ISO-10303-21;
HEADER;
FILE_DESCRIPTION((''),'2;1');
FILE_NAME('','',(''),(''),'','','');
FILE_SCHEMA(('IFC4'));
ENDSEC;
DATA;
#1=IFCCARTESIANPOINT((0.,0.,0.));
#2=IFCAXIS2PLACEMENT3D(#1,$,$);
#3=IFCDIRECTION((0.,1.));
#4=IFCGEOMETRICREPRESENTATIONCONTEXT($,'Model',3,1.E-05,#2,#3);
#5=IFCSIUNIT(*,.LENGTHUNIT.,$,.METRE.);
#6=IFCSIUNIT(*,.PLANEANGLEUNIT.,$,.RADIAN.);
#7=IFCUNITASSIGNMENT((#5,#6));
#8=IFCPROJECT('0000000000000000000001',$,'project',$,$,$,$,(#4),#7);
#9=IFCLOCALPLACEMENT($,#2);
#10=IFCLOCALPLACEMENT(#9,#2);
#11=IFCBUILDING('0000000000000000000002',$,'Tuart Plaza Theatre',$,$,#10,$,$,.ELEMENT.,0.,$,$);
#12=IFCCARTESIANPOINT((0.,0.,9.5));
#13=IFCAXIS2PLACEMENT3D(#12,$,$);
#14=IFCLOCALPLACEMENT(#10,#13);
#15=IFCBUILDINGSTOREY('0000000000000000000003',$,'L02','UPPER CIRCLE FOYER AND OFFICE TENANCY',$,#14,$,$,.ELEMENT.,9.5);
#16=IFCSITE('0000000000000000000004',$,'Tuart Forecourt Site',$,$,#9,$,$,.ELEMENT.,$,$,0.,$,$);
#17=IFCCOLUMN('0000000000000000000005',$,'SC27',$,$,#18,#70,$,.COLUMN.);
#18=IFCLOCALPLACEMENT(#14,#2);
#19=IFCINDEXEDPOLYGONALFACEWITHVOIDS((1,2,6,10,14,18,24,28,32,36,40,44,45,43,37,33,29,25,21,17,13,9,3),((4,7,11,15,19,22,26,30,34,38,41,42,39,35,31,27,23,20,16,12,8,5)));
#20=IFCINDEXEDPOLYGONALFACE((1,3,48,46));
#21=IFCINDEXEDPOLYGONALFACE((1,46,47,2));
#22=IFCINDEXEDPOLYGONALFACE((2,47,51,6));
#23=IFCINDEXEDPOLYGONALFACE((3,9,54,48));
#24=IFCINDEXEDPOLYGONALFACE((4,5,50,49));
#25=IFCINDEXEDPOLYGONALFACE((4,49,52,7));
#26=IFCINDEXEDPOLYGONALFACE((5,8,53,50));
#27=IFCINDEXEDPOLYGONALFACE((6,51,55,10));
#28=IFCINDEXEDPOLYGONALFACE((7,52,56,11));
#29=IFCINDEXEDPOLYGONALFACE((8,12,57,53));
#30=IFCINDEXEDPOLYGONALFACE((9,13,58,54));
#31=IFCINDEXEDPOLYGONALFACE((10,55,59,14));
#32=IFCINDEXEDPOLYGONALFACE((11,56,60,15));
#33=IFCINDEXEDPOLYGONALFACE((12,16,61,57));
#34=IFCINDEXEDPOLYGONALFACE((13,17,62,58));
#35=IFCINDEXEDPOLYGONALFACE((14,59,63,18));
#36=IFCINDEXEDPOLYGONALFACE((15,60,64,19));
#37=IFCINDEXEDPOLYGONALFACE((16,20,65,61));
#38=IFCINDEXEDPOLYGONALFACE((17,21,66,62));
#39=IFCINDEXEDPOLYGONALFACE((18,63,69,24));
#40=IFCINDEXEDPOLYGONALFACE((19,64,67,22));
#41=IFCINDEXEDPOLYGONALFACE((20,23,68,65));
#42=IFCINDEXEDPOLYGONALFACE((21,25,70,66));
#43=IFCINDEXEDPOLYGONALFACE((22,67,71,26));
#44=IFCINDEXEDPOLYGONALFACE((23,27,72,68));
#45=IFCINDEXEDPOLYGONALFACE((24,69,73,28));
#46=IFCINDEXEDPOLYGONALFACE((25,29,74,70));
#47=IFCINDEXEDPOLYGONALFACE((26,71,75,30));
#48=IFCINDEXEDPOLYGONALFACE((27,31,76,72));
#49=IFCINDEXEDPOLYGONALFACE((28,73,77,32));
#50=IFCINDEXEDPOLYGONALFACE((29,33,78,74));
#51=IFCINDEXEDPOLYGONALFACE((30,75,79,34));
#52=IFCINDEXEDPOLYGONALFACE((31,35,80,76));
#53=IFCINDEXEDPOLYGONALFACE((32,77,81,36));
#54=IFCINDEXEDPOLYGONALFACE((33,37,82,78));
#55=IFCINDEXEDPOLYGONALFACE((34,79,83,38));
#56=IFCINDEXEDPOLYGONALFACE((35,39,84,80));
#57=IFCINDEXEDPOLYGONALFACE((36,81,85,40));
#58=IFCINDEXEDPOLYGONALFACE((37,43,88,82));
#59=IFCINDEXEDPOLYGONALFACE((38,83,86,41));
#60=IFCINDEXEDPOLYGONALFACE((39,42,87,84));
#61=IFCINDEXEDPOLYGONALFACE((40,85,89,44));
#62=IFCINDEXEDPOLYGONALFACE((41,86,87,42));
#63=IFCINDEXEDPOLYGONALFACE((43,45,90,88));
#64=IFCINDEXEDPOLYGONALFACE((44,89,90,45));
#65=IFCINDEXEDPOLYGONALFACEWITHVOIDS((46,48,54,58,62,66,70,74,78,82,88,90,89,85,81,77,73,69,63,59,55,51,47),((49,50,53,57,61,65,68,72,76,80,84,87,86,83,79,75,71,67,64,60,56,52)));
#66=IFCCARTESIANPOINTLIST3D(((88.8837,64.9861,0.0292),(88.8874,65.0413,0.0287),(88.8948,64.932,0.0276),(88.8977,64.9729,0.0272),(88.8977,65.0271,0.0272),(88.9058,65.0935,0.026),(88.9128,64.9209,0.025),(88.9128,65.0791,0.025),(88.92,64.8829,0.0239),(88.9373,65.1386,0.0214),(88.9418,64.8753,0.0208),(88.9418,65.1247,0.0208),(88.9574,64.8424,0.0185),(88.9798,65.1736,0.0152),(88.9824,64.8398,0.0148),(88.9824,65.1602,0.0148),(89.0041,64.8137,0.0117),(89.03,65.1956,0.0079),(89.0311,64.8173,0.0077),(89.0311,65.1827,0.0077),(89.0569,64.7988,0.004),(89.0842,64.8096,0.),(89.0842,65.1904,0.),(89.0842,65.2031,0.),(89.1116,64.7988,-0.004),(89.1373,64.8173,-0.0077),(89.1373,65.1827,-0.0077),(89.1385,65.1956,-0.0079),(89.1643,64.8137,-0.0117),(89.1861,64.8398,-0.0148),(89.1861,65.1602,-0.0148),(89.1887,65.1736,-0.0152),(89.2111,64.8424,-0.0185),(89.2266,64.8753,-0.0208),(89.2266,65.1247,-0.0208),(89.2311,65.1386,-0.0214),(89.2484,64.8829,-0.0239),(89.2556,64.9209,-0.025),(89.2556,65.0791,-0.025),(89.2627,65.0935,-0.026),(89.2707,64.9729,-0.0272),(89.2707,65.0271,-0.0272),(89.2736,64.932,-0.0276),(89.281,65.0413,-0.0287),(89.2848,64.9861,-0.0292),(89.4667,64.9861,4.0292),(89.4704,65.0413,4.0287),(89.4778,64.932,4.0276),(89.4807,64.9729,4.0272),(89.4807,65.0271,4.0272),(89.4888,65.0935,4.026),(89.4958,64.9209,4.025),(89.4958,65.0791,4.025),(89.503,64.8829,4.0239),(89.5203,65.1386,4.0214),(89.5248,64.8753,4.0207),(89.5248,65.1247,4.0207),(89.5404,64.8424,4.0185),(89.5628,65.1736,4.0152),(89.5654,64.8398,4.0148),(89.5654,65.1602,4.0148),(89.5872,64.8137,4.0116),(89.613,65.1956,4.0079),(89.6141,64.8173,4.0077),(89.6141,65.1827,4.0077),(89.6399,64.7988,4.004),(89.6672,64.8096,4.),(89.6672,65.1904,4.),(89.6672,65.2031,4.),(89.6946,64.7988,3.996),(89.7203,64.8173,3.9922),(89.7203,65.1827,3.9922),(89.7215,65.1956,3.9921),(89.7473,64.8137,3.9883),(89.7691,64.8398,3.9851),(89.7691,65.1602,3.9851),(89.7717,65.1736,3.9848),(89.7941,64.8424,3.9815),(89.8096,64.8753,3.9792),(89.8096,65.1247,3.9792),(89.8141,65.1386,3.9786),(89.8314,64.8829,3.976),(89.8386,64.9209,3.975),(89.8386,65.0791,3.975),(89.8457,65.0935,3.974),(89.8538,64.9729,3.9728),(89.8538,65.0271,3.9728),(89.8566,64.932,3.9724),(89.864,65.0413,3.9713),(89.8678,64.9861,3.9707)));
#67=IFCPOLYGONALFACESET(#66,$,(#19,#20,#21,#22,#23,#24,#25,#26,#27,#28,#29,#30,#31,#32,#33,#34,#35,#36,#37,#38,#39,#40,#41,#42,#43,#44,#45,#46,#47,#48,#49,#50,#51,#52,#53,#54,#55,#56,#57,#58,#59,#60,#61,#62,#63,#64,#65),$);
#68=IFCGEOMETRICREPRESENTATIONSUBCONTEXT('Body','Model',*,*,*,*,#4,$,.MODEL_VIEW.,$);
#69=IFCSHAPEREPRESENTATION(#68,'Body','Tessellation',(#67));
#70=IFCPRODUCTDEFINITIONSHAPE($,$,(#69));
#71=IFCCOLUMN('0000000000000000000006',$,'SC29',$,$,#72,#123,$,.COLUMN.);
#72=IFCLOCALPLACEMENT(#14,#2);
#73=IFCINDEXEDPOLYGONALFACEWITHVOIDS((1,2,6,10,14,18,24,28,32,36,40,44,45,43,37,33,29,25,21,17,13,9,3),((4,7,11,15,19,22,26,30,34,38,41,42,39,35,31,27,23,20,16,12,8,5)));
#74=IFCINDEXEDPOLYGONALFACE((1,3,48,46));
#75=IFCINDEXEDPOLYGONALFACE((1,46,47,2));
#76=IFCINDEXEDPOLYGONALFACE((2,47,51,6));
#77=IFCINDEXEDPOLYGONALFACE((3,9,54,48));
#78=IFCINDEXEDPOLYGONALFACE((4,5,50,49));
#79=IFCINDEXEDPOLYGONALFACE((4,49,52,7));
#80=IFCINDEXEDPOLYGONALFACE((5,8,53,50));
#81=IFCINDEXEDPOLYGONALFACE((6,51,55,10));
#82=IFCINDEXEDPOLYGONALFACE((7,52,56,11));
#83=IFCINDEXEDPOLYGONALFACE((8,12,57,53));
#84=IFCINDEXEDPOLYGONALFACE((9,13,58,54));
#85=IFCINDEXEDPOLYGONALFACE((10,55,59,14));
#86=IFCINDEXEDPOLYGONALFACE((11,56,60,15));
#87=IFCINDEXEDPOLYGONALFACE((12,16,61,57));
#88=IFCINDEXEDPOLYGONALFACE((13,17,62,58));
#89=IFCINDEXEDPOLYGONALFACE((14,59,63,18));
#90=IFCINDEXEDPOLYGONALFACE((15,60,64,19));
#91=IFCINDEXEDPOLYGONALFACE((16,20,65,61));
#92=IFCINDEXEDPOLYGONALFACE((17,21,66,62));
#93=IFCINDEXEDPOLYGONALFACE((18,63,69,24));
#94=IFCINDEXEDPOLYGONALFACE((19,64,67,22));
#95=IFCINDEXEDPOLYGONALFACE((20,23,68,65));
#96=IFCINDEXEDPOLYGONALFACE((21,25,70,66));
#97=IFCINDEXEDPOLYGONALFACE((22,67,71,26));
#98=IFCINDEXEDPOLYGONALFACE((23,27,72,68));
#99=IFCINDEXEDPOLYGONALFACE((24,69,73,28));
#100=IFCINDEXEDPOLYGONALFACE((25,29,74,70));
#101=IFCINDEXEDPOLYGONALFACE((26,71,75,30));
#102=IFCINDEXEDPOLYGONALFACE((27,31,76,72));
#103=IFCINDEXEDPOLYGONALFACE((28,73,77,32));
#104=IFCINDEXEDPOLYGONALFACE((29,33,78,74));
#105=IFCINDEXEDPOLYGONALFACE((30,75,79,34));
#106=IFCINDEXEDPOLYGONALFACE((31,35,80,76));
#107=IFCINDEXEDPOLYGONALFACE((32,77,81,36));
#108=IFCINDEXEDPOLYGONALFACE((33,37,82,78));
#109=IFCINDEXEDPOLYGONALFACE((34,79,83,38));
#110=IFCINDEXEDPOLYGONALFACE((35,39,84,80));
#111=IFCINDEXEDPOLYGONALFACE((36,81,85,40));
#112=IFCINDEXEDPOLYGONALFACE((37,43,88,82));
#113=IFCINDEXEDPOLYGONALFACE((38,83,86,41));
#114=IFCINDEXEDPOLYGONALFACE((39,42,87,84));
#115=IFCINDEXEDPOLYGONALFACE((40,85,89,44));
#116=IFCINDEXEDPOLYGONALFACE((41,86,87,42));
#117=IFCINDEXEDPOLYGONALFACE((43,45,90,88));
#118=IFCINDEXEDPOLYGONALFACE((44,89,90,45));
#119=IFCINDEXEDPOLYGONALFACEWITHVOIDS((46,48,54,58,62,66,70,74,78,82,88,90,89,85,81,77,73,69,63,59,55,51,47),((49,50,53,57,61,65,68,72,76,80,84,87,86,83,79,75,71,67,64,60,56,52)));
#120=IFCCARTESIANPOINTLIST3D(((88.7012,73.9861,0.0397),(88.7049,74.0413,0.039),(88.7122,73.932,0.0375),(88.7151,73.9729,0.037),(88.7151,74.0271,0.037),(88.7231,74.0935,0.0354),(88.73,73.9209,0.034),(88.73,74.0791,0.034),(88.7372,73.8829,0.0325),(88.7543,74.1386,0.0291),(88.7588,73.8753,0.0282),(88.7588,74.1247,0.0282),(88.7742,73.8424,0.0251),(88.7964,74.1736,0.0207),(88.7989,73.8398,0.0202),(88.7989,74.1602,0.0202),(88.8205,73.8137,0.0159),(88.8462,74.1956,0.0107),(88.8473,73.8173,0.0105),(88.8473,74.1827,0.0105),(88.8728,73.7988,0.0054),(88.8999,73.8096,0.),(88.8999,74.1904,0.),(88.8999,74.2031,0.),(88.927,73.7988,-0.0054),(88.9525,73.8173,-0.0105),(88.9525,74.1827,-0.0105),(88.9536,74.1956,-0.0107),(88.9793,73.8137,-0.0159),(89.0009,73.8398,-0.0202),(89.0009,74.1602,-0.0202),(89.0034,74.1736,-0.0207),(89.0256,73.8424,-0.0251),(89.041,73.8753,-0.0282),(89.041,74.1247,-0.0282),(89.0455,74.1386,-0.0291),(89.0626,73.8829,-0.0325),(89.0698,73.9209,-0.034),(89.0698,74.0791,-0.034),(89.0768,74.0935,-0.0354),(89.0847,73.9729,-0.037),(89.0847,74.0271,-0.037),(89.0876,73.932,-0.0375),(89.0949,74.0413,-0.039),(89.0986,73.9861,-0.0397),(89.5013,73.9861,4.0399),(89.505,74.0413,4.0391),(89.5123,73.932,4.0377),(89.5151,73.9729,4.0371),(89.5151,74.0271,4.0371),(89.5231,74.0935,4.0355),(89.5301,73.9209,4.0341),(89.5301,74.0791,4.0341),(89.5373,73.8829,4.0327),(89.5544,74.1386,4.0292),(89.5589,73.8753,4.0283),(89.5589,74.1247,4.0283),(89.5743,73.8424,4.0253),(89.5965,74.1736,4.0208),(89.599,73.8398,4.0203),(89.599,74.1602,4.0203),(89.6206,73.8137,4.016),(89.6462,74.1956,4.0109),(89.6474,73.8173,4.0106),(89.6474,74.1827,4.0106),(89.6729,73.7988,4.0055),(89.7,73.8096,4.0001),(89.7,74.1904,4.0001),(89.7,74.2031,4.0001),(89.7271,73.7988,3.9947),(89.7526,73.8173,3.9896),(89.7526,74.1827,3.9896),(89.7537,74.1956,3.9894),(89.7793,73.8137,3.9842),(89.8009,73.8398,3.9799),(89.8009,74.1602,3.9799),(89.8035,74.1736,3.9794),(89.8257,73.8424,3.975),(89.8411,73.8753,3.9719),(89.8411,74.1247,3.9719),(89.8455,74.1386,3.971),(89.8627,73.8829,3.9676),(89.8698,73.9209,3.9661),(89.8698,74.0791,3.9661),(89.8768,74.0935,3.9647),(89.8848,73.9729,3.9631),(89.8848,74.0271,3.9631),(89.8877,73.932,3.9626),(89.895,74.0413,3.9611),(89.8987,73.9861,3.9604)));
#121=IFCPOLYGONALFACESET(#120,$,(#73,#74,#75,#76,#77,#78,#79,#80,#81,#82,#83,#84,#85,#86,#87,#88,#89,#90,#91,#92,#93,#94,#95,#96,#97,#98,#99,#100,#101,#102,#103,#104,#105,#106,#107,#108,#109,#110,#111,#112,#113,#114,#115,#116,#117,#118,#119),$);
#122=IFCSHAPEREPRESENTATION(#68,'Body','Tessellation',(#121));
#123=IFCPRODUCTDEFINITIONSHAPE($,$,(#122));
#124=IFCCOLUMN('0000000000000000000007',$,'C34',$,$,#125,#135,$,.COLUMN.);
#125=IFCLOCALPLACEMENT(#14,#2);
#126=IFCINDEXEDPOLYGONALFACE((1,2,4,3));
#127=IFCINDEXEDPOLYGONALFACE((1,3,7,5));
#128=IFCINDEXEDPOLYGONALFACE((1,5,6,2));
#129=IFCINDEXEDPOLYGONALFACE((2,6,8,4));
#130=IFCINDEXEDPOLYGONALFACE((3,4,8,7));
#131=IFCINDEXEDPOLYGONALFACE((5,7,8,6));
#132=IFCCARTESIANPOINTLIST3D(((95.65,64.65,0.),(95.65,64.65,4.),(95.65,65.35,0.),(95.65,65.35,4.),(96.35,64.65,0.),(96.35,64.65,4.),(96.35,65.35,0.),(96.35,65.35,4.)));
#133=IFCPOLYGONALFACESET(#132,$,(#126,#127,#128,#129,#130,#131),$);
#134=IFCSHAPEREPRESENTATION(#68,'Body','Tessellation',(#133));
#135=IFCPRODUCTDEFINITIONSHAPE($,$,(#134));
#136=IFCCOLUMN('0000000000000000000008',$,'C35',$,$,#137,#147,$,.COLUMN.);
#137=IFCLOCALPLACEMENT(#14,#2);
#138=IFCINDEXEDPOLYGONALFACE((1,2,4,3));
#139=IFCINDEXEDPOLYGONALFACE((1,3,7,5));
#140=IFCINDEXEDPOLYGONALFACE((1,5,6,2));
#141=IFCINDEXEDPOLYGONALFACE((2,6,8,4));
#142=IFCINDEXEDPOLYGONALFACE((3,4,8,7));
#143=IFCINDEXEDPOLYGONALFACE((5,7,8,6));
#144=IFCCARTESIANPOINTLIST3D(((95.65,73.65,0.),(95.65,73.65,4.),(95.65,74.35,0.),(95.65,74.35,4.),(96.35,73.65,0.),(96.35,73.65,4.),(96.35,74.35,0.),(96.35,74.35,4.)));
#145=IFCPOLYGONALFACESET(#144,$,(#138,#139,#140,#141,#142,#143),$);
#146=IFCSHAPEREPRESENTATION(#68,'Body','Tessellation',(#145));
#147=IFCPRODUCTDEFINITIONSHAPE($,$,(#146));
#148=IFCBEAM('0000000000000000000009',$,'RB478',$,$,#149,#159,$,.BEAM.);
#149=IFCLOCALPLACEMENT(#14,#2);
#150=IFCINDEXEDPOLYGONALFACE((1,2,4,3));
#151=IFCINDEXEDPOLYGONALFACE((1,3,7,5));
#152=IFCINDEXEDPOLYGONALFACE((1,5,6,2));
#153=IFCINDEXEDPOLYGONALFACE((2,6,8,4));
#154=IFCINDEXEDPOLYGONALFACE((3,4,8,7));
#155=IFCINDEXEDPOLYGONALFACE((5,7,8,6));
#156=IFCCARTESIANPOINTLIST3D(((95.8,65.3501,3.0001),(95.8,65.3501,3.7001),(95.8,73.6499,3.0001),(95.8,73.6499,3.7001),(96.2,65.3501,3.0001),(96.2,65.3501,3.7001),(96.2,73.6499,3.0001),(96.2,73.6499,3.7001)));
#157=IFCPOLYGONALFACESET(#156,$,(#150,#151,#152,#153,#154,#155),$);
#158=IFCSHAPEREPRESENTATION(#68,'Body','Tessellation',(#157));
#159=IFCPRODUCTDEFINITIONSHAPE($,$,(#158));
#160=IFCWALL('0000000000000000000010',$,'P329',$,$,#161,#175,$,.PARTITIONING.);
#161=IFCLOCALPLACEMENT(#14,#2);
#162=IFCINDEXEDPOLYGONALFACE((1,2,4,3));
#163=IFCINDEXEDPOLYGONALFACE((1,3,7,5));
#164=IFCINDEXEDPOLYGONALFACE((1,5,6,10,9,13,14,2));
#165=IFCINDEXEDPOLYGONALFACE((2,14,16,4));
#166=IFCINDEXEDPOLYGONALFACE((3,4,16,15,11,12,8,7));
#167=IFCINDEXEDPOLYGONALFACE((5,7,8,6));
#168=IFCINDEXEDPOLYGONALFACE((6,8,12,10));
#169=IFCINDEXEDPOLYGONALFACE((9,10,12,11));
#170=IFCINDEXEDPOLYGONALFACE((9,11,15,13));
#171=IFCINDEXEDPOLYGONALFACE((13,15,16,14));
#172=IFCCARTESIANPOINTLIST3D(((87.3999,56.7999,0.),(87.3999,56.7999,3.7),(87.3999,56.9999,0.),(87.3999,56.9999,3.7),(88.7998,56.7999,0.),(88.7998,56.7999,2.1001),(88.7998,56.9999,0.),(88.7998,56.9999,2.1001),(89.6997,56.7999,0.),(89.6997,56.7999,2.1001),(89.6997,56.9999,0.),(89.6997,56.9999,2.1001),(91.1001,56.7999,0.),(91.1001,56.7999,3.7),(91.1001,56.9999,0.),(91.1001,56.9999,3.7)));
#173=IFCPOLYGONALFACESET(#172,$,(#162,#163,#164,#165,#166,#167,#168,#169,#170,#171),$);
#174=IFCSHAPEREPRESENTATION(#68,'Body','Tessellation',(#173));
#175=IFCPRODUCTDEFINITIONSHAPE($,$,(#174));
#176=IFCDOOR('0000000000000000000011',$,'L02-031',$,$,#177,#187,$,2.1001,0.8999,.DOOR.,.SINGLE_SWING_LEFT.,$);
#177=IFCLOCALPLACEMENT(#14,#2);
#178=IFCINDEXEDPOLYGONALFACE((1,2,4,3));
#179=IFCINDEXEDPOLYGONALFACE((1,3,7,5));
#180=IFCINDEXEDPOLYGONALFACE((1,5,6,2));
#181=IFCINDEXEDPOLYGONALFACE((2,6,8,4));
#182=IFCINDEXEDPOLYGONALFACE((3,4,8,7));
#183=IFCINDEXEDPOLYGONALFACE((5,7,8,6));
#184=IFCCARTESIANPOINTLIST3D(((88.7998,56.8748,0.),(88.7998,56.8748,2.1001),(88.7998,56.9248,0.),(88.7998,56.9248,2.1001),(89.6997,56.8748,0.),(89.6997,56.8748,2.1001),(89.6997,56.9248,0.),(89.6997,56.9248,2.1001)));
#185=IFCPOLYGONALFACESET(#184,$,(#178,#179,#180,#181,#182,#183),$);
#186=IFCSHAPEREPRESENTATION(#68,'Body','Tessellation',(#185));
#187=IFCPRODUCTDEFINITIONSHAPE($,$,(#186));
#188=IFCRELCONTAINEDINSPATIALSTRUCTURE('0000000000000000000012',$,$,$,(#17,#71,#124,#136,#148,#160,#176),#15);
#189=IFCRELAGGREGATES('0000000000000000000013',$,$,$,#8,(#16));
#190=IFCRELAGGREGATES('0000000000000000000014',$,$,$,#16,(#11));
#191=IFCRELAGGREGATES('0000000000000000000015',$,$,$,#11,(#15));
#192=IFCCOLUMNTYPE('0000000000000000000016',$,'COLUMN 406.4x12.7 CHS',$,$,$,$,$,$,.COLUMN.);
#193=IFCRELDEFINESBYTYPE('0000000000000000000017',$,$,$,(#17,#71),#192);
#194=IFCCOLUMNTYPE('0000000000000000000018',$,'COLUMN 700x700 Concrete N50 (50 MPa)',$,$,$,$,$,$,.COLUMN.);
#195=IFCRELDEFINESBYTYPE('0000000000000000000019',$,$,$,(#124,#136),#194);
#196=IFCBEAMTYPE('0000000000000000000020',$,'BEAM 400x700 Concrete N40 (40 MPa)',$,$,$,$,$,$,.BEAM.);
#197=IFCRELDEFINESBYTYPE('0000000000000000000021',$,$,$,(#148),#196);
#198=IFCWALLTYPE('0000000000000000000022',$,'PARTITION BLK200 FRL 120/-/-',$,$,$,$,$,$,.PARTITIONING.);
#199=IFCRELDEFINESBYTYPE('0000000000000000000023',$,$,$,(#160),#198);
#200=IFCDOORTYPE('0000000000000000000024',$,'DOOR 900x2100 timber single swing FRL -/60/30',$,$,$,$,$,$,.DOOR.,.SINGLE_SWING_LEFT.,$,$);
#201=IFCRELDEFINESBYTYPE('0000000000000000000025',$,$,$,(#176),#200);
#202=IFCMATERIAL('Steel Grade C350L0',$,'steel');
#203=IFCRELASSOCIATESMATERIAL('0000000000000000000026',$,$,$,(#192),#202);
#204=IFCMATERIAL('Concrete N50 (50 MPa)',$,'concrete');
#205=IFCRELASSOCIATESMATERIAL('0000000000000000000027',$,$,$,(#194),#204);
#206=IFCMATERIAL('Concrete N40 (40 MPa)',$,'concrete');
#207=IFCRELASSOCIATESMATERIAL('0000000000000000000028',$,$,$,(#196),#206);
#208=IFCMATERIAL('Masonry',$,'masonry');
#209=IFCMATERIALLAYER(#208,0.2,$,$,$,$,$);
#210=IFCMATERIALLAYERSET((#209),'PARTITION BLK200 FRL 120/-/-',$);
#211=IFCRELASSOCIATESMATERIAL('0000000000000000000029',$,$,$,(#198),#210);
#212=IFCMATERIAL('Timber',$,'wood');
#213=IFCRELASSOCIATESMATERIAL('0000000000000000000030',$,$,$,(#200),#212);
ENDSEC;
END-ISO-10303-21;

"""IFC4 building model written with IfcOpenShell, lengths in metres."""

from ifc_helpers import new_model, si_unit, direction, frame, frame_2d, origin, origin_2d, place, context, subcontext, project, spatial, rectangle, hollow_circle, extrude, material, layer, layer_set, material_profile, profile_set, type_object, element, fill, save


model = new_model("IFC4")

# Units and contexts
model_context = context("Model", 3, precision=1e-05, world=origin(), true_north=direction((0.0, 1.0)))
body_context = subcontext(model_context, "Body", "Model", "MODEL_VIEW")
ifc_project = project(units=[si_unit("LENGTHUNIT", "METRE"), si_unit("PLANEANGLEUNIT", "RADIAN")], contexts=[model_context])

# Site, building, storey
site_placement = place(None, origin())
site = spatial("IfcSite", under=ifc_project, at=site_placement, Name="Tuart Forecourt Site", CompositionType="ELEMENT", RefElevation=0.0)
building_placement = place(site_placement, origin())
building = spatial("IfcBuilding", under=site, at=building_placement, Name="Tuart Plaza Theatre", CompositionType="ELEMENT", ElevationOfRefHeight=0.0)
storey_placement = place(building_placement, frame((0.0, 0.0, 9.5)))
storey = spatial("IfcBuildingStorey", under=building, at=storey_placement, Name="L02", Description="UPPER CIRCLE FOYER AND OFFICE TENANCY", CompositionType="ELEMENT", Elevation=9.5)

# Columns
ifc_material_1 = material(Name="Steel Grade C350L0", Category="steel")
ifc_material_profile_1 = material_profile(ifc_material_1, hollow_circle(Radius=0.2031, WallThickness=0.0127, at=origin_2d()), Name="406.4x12.7 CHS")
ifc_profile_set_1 = profile_set([ifc_material_profile_1], Name="Steel Grade C350L0")
column_type_1 = type_object("IfcColumnType", Name="COLUMN 406.4x12.7 CHS", PredefinedType="COLUMN", material=ifc_profile_set_1)
column_1_placement = place(storey_placement, frame((89.0842, 65.0, 0.0), z_axis=(0.144228, 0.0, 0.989544), x_axis=(0.0, 1.0, 0.0)))
element("IfcColumn", 1, at=column_1_placement, inside=storey, type_object=column_type_1, Name="SC27", PredefinedType="COLUMN", context=body_context, shape_type="SweptSolid", body=[
    extrude(hollow_circle(Radius=0.2031, WallThickness=0.0127, at=origin_2d()), origin(), (0.0, 0.0, 1.0), 4.0422),
])
column_2_placement = place(storey_placement, frame((88.8999, 74.0, 0.0), z_axis=(0.196128, 0.0, 0.980578), x_axis=(0.0, 1.0, 0.0)))
element("IfcColumn", 2, at=column_2_placement, inside=storey, type_object=column_type_1, Name="SC29", PredefinedType="COLUMN", context=body_context, shape_type="SweptSolid", body=[
    extrude(hollow_circle(Radius=0.2031, WallThickness=0.0127, at=origin_2d()), origin(), (0.0, 0.0, 1.0), 4.0793),
])
ifc_material_2 = material(Name="Concrete N50 (50 MPa)", Category="concrete")
ifc_material_profile_2 = material_profile(ifc_material_2, rectangle(XDim=0.7, YDim=0.7, at=origin_2d()), Name="COLUMN 700x700 Concrete N50 (50 MPa)")
ifc_profile_set_2 = profile_set([ifc_material_profile_2], Name="Concrete N50 (50 MPa)")
column_type_2 = type_object("IfcColumnType", Name="COLUMN 700x700 Concrete N50 (50 MPa)", PredefinedType="COLUMN", material=ifc_profile_set_2)
for number, where, z_axis, x_axis, name in (
    (3, (96.0, 65.0, 0.0), (0.0, 0.0, 1.0), (1.0, 0.0, 0.0), "C34"),
    (4, (96.0, 74.0, 0.0), (0.0, 0.0, 1.0), (1.0, 0.0, 0.0), "C35"),
):
    element("IfcColumn", number, at=place(storey_placement, frame(where, z_axis=z_axis, x_axis=x_axis)), inside=storey, type_object=column_type_2, Name=name, PredefinedType="COLUMN", context=body_context, shape_type="SweptSolid", body=[
        extrude(rectangle(XDim=0.7, YDim=0.7, at=origin_2d()), origin(), (0.0, 0.0, 1.0), 4.0),
    ])

# Beam
ifc_material_3 = material(Name="Concrete N40 (40 MPa)", Category="concrete")
ifc_material_profile_3 = material_profile(ifc_material_3, rectangle(XDim=0.3999, YDim=0.7, at=origin_2d()), Name="BEAM 400x700 Concrete N40 (40 MPa)")
ifc_profile_set_3 = profile_set([ifc_material_profile_3], Name="Concrete N40 (40 MPa)")
beam_type = type_object("IfcBeamType", Name="BEAM 400x700 Concrete N40 (40 MPa)", PredefinedType="BEAM", material=ifc_profile_set_3)
beam_placement = place(storey_placement, frame((96.0, 65.3501, 3.3501), z_axis=(0.0, 1.0, 0.0), x_axis=(-1.0, 0.0, 0.0)))
element("IfcBeam", 5, at=beam_placement, inside=storey, type_object=beam_type, Name="RB478", PredefinedType="BEAM", context=body_context, shape_type="SweptSolid", body=[
    extrude(rectangle(XDim=0.3999, YDim=0.7, at=origin_2d()), origin(), (0.0, 0.0, 1.0), 8.2998),
])

# Wall, opening, door
ifc_material_4 = material(Name="Masonry", Category="masonry")
ifc_layer_1 = layer(ifc_material_4, 0.2)
ifc_layer_set_1 = layer_set([ifc_layer_1], Name="PARTITION BLK200 FRL 120/-/-")
wall_type_1 = type_object("IfcWallType", Name="PARTITION BLK200 FRL 120/-/-", PredefinedType="PARTITIONING", material=ifc_layer_set_1)
wall_1_placement = place(storey_placement, frame((87.3999, 56.8999, 0.0), z_axis=(0.0, 0.0, 1.0), x_axis=(1.0, 0.0, 0.0)))
wall_1 = element("IfcWall", 6, at=wall_1_placement, inside=storey, type_object=wall_type_1, Name="P329", PredefinedType="PARTITIONING", context=body_context, shape_type="SweptSolid", body=[
    extrude(rectangle(XDim=3.7002, YDim=0.2, at=frame_2d((1.8501, 0.0))), origin(), (0.0, 0.0, 1.0), 3.7),
])
opening_1_placement = place(wall_1_placement, frame((1.3999, 0.0, 0.0)))
opening_1 = element("IfcOpeningElement", 7, at=opening_1_placement, cuts=wall_1, PredefinedType="OPENING", context=body_context, shape_type="SweptSolid", body=[
    extrude(rectangle(XDim=0.8999, YDim=2.1001, at=frame_2d((0.45, 1.05))), frame((0.0, 0.1099, 0.0), z_axis=(0.0, -1.0, 0.0), x_axis=(1.0, 0.0, 0.0)), (0.0, 0.0, 1.0), 0.22),
])
ifc_material_5 = material(Name="Timber", Category="wood")
door_type_1 = type_object("IfcDoorType", Name="DOOR 900x2100 timber single swing FRL -/60/30", OperationType="SINGLE_SWING_LEFT", PredefinedType="DOOR", material=ifc_material_5)
door_1_placement = place(opening_1_placement, origin())
door_1 = element("IfcDoor", 8, at=door_1_placement, inside=storey, type_object=door_type_1, Name="L02-031", OperationType="SINGLE_SWING_LEFT", OverallHeight=2.1001, OverallWidth=0.8999, PredefinedType="DOOR", context=body_context, shape_type="SweptSolid", body=[
    extrude(rectangle(XDim=0.8999, YDim=2.1001, at=frame_2d((0.45, 1.05))), frame((0.0, 0.0249, 0.0), z_axis=(0.0, -1.0, 0.0), x_axis=(1.0, 0.0, 0.0)), (0.0, 0.0, 1.0), 0.05),
])
fill(opening_1, door_1)

save(model, "model.ifc")
